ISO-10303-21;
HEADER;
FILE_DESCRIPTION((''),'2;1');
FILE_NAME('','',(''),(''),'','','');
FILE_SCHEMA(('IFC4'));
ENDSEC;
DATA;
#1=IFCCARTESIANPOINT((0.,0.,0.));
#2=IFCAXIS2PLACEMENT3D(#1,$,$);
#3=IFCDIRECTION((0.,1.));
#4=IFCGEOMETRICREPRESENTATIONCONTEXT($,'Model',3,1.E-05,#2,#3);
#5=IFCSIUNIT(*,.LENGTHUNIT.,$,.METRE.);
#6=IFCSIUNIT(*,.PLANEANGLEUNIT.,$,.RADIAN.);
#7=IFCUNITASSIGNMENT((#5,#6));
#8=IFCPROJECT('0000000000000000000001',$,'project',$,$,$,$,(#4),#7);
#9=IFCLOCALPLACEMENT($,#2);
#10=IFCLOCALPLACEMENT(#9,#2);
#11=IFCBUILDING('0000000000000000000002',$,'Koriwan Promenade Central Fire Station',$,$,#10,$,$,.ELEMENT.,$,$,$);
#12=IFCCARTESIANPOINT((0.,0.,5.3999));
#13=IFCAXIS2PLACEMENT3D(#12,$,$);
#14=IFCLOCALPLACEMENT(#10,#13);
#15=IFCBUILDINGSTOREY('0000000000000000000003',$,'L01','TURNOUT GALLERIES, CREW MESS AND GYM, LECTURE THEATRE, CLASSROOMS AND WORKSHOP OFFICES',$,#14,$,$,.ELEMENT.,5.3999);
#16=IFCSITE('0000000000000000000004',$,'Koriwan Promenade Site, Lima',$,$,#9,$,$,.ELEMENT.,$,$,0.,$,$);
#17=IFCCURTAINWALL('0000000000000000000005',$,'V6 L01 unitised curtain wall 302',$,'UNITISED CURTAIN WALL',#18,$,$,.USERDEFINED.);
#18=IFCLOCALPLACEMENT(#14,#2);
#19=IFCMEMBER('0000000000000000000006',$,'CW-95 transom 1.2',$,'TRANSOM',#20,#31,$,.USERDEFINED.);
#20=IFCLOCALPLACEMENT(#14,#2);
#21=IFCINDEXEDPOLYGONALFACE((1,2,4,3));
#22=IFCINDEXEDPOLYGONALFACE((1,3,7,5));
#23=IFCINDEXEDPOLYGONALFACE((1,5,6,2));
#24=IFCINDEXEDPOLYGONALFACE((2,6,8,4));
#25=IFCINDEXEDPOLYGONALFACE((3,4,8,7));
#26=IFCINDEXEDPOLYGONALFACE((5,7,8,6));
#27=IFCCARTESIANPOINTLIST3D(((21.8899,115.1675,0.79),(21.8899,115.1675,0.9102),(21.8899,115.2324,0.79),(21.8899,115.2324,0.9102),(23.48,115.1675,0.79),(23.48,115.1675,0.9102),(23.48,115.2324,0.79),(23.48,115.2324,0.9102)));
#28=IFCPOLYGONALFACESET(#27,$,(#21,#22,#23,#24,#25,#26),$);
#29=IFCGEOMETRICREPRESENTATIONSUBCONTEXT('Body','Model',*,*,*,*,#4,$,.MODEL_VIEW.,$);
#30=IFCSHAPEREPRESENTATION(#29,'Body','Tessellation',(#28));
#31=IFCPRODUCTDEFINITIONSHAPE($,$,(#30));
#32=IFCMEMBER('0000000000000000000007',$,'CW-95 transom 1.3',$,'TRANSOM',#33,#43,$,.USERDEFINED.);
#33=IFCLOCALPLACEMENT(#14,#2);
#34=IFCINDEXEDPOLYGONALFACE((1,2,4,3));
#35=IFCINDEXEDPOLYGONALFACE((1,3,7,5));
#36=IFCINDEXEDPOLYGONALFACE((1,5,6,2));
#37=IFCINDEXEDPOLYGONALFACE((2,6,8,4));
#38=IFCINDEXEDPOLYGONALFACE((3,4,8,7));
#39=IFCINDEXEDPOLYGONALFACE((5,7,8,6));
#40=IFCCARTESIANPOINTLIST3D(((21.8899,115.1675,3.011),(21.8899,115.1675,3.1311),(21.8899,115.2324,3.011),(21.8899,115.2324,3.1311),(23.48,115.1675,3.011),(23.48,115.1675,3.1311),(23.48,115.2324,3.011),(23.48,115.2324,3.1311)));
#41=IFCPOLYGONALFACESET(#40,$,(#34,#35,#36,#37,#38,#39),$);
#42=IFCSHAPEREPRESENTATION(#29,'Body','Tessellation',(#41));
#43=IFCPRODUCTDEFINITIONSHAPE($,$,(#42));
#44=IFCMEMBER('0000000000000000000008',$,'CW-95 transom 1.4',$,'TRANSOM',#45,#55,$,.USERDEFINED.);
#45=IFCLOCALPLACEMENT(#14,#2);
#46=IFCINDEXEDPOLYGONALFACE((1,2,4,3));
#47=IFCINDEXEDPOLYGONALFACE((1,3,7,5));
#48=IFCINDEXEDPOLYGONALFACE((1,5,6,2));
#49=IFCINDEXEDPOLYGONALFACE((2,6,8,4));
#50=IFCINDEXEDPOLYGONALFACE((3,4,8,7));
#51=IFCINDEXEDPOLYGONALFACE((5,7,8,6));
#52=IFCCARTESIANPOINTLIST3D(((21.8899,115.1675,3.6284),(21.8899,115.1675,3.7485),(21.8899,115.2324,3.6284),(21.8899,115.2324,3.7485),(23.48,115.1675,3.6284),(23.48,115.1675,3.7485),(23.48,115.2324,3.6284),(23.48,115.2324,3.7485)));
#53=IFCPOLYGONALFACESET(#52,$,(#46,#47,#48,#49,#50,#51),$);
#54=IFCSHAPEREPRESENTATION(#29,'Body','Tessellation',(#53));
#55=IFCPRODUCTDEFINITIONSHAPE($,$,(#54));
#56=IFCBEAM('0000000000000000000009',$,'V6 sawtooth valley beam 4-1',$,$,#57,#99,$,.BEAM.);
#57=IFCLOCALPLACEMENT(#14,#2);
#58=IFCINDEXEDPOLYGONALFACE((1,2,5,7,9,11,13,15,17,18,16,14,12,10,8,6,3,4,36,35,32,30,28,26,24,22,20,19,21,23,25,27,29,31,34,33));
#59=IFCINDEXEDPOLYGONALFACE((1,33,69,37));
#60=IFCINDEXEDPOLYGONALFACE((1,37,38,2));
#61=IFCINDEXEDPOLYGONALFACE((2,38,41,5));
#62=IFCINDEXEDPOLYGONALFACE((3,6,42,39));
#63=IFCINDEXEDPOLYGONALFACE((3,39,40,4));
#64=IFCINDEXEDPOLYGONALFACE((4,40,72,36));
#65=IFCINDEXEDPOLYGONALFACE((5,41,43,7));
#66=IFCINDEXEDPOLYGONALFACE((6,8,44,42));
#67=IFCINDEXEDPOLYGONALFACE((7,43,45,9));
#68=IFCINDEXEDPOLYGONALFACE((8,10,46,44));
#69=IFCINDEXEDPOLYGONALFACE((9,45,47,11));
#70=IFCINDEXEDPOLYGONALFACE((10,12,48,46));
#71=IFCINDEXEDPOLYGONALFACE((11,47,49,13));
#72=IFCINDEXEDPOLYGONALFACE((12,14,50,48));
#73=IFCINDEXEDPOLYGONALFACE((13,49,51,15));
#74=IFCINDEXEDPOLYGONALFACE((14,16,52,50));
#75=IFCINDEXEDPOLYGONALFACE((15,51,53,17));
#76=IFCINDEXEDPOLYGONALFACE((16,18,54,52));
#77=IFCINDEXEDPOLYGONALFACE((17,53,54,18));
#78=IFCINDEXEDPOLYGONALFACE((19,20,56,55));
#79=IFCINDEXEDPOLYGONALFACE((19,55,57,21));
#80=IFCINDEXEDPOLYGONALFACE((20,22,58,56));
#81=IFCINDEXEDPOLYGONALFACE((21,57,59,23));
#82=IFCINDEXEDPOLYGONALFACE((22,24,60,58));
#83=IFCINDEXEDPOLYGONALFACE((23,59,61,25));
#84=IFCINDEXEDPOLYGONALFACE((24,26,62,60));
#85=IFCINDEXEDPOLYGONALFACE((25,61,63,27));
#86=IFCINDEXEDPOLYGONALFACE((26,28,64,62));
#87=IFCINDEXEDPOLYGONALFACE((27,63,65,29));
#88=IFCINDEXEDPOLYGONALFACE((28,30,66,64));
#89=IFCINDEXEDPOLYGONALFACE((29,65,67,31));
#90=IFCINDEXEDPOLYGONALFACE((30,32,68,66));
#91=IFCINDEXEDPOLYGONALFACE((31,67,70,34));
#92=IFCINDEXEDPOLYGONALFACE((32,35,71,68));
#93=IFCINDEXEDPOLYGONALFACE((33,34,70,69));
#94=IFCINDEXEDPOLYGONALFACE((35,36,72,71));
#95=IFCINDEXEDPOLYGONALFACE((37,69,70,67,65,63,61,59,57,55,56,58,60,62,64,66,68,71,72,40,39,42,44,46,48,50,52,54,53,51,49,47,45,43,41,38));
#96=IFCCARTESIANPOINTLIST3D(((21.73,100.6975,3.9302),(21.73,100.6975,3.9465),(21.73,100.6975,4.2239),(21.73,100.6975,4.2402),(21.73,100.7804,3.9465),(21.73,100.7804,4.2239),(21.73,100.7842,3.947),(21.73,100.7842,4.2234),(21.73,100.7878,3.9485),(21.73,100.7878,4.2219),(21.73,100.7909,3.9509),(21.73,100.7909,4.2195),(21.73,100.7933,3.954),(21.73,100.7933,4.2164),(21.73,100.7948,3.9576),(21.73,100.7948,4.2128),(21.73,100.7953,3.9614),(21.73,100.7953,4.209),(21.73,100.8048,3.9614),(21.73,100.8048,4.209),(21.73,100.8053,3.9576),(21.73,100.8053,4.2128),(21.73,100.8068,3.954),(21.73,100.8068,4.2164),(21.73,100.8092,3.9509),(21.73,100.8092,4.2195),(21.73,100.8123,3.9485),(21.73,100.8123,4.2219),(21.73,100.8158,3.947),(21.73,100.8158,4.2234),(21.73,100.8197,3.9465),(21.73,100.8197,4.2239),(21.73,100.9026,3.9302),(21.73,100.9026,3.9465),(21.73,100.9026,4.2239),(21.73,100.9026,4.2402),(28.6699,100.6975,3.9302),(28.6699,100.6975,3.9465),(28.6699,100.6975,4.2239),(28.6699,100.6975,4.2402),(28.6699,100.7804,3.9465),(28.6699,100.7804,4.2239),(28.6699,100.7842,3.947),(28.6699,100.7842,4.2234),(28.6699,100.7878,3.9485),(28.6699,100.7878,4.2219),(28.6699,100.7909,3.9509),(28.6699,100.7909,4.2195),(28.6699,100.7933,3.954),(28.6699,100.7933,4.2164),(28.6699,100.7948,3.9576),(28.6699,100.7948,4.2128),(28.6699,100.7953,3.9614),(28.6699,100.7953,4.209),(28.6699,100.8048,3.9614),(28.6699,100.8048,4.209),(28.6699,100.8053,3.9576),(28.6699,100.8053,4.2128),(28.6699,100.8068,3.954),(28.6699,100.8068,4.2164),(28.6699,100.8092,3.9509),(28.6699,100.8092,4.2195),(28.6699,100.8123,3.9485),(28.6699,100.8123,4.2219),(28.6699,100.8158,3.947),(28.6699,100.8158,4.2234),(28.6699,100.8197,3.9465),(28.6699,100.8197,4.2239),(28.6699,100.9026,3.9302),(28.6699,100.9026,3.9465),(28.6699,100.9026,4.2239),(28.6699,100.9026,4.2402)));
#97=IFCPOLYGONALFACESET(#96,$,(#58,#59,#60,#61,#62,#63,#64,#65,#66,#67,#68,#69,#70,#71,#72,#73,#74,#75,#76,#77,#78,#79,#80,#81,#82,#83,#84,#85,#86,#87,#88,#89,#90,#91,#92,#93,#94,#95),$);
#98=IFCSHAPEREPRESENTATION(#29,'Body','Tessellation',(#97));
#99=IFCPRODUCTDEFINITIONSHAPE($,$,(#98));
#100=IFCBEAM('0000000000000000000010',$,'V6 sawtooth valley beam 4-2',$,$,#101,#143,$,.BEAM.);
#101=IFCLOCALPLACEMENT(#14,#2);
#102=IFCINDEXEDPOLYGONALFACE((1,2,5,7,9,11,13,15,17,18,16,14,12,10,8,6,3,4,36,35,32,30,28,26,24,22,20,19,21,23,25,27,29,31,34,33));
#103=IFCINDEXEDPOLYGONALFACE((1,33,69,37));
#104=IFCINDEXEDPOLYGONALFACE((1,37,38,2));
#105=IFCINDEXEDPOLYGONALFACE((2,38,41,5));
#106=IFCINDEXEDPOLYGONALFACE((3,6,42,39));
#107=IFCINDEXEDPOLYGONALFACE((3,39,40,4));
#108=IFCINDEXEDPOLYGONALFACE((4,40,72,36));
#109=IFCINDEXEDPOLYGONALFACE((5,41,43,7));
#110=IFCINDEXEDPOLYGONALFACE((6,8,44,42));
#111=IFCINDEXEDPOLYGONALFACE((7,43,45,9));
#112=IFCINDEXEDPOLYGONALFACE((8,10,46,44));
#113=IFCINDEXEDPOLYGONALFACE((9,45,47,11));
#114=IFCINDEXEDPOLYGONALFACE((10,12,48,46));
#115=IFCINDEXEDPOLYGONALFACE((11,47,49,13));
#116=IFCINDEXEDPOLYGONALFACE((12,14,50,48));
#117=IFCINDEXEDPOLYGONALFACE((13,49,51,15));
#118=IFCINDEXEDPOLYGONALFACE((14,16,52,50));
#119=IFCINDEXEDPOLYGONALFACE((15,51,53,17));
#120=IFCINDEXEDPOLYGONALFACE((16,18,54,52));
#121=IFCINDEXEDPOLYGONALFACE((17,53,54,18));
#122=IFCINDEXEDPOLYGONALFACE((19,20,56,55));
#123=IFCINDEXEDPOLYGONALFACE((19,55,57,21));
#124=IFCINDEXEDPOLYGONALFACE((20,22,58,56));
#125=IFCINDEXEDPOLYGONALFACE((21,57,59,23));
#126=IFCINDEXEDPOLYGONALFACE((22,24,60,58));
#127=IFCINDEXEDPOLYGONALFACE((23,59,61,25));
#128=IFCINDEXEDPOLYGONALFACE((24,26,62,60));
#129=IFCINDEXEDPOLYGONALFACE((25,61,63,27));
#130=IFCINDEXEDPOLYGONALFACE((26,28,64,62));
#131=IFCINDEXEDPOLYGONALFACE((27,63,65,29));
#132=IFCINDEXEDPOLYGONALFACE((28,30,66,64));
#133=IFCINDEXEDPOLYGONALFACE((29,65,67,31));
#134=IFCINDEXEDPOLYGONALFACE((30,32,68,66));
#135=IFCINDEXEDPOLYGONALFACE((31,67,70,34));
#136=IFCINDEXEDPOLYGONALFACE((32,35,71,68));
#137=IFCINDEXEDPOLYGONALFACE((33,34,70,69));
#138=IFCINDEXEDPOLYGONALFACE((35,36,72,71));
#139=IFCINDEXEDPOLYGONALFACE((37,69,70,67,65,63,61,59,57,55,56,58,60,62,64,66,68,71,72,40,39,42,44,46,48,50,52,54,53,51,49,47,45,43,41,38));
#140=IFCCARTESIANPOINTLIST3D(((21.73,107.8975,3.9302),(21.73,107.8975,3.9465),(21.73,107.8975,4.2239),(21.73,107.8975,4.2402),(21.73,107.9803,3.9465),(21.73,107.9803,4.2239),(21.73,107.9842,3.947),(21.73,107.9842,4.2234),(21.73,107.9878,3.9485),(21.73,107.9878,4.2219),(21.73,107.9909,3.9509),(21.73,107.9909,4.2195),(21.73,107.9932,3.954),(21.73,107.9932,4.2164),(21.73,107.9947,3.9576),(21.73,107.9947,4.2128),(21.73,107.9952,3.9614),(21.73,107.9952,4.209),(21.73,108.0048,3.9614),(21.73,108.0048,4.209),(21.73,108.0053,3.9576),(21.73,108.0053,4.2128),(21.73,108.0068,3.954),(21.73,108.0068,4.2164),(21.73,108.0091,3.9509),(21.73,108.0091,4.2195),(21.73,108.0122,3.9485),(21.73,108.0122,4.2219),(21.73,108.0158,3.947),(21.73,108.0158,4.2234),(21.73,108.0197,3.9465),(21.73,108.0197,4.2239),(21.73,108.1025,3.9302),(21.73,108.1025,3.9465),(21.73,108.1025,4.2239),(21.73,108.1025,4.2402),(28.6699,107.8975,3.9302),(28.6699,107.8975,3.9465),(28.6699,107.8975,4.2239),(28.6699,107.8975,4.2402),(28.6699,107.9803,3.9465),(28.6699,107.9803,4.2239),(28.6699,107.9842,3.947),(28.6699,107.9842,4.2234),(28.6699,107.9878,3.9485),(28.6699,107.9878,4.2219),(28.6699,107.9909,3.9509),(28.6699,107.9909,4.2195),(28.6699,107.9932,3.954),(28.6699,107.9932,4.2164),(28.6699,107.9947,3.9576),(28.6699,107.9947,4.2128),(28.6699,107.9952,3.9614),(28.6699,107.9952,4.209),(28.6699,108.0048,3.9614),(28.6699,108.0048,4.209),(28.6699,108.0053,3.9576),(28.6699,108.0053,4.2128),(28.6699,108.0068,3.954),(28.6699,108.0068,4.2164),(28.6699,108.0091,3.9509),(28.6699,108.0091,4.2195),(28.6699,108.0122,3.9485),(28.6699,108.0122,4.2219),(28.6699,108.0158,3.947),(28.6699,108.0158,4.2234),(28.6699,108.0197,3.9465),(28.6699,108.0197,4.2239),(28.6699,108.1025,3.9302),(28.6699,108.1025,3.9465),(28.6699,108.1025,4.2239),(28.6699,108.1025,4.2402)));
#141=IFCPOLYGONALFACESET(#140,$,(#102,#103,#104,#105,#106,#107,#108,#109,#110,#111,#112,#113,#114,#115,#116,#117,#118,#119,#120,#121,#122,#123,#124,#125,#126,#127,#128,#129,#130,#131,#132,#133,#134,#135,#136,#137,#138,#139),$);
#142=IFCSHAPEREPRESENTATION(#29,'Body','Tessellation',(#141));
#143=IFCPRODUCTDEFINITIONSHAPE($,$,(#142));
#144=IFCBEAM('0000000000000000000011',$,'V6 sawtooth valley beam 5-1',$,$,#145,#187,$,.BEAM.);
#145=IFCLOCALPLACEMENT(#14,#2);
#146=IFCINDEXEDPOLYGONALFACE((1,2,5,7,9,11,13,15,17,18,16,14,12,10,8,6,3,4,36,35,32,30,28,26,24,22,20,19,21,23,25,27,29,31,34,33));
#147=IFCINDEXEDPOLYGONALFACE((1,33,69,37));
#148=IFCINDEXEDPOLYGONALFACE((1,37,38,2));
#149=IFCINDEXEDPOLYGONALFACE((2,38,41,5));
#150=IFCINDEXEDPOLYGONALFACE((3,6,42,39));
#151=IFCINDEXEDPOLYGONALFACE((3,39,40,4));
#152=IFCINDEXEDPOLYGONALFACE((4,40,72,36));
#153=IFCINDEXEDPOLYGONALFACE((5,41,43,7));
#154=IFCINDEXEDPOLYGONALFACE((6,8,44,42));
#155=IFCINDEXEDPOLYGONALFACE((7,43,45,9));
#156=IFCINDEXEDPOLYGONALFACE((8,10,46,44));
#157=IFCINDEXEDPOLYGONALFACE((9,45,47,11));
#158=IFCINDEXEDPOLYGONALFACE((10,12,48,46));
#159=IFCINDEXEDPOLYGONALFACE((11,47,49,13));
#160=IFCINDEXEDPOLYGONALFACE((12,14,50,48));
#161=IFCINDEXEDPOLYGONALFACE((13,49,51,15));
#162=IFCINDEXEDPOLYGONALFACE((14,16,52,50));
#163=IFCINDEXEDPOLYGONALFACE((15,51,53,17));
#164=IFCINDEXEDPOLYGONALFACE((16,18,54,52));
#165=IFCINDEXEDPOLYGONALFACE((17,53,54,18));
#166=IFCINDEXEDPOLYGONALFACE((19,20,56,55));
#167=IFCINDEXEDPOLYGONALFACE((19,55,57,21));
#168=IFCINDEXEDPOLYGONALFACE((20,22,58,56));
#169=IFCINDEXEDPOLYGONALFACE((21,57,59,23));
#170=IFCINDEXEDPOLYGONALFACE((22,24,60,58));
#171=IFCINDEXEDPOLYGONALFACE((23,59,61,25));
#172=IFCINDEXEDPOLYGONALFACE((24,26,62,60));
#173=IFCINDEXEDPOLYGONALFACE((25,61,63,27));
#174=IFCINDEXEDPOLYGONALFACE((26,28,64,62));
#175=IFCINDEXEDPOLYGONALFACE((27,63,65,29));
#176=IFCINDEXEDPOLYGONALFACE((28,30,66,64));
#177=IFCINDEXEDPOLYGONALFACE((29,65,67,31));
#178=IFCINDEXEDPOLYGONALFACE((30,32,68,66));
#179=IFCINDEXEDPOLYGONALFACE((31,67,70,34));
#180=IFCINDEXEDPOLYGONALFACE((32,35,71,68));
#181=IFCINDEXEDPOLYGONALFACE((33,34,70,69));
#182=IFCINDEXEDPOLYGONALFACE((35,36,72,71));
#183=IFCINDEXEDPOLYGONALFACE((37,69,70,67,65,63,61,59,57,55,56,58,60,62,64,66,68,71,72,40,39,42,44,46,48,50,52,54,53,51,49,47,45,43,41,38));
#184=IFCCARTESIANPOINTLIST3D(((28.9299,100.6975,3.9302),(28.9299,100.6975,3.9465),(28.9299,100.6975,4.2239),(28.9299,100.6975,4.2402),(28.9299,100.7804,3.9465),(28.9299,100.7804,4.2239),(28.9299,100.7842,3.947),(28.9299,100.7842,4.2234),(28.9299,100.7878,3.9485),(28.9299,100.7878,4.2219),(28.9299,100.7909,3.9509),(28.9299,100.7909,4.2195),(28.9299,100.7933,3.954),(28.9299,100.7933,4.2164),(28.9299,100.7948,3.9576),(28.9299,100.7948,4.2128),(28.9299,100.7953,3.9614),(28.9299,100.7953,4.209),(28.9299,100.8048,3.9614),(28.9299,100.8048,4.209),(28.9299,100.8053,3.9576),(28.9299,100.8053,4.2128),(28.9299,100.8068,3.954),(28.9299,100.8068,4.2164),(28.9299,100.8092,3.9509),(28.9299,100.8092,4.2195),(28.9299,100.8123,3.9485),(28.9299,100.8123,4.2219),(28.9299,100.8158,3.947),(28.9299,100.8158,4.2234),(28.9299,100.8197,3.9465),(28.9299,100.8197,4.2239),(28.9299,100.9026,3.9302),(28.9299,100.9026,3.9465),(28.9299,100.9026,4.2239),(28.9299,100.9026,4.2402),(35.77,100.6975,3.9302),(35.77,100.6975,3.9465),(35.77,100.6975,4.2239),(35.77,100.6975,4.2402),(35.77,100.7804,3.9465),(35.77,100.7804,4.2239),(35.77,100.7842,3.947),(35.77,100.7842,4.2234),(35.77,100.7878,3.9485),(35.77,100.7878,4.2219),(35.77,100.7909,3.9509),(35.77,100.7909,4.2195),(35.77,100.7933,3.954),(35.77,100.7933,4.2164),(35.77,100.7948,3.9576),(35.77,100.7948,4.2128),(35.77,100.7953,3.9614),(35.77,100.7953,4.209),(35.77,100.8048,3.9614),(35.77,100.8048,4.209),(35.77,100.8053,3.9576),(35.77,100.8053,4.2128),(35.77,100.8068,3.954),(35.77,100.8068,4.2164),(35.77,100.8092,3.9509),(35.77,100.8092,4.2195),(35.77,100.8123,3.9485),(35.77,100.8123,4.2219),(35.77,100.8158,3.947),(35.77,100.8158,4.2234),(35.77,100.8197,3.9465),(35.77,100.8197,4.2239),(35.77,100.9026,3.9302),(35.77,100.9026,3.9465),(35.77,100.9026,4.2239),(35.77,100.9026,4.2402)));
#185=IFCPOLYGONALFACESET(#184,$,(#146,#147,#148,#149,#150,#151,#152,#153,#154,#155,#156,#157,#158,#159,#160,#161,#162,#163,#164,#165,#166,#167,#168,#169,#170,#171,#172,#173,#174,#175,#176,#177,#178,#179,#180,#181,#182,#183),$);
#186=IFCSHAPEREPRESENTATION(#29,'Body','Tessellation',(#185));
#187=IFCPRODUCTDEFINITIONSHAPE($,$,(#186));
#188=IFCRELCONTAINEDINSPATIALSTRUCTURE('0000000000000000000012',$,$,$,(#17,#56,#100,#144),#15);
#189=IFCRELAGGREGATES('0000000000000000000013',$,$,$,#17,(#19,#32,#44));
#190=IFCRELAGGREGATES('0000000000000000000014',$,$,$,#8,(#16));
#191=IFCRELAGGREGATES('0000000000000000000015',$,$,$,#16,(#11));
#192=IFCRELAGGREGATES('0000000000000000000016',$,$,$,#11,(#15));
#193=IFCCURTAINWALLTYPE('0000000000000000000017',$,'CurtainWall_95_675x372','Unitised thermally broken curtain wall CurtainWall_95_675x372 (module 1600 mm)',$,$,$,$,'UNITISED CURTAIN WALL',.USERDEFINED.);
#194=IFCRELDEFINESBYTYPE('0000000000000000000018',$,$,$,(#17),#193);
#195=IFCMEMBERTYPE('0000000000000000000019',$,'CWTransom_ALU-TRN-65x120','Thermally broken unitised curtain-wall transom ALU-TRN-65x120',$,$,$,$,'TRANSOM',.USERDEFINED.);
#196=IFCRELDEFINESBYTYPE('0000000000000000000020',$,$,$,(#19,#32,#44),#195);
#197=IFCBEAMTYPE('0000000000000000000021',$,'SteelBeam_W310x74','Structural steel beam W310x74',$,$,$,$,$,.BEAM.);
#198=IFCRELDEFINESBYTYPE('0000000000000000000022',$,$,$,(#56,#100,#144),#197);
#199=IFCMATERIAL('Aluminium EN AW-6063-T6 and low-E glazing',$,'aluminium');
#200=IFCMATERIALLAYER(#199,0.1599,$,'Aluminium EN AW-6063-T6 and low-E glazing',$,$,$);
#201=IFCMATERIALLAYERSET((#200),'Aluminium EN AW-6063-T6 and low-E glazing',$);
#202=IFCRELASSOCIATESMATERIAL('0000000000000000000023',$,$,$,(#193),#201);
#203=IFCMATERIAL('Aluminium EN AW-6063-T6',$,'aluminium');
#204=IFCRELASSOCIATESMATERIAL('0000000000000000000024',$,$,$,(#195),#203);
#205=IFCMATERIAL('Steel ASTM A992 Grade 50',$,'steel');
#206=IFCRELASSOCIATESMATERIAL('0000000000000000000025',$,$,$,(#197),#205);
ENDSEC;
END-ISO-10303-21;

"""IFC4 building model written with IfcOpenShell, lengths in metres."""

from ifc_helpers import new_model, si_unit, direction, frame, origin, origin_2d, place, context, subcontext, project, spatial, rectangle, i_section, extrude, material, layer, layer_set, material_profile, profile_set, type_object, element, aggregate, save


model = new_model("IFC4")

# Units and contexts
model_context = context("Model", 3, precision=1e-05, world=origin(), true_north=direction((0.0, 1.0)))
body_context = subcontext(model_context, "Body", "Model", "MODEL_VIEW")
ifc_project = project(units=[si_unit("LENGTHUNIT", "METRE"), si_unit("PLANEANGLEUNIT", "RADIAN")], contexts=[model_context])

# Site, building, storey
site_placement = place(None, origin())
site = spatial("IfcSite", under=ifc_project, at=site_placement, Name="Koriwan Promenade Site, Lima", CompositionType="ELEMENT", RefElevation=0.0)
building_placement = place(site_placement, origin())
building = spatial("IfcBuilding", under=site, at=building_placement, Name="Koriwan Promenade Central Fire Station", CompositionType="ELEMENT")
storey_placement = place(building_placement, frame((0.0, 0.0, 5.3999)))
storey = spatial("IfcBuildingStorey", under=building, at=storey_placement, Name="L01", Description="TURNOUT GALLERIES, CREW MESS AND GYM, LECTURE THEATRE, CLASSROOMS AND WORKSHOP OFFICES", CompositionType="ELEMENT", Elevation=5.3999)

# Shared definitions
ifc_material_1 = material(Name="Aluminium EN AW-6063-T6 and low-E glazing", Category="aluminium")
ifc_layer_1 = layer(ifc_material_1, 0.1599, Name="Aluminium EN AW-6063-T6 and low-E glazing")
ifc_layer_set_1 = layer_set([ifc_layer_1], Name="Aluminium EN AW-6063-T6 and low-E glazing")
curtain_wall_type = type_object("IfcCurtainWallType", Name="CurtainWall_95_675x372", Description="Unitised thermally broken curtain wall CurtainWall_95_675x372 (module 1600 mm)", ElementType="UNITISED CURTAIN WALL", PredefinedType="USERDEFINED", material=ifc_layer_set_1)
ifc_material_2 = material(Name="Aluminium EN AW-6063-T6", Category="aluminium")

# Curtain wall
curtain_wall_1_placement = place(storey_placement, origin())
curtain_wall_1 = element("IfcCurtainWall", 1, at=curtain_wall_1_placement, inside=storey, type_object=curtain_wall_type, Name="V6 L01 unitised curtain wall 302", ObjectType="UNITISED CURTAIN WALL", PredefinedType="USERDEFINED")

# Members
ifc_material_profile_1 = material_profile(ifc_material_2, rectangle(XDim=0.0649, YDim=0.1201, at=origin_2d()), Name="ALU-TRN-65x120")
ifc_profile_set_1 = profile_set([ifc_material_profile_1], Name="Aluminium EN AW-6063-T6")
member_type_1 = type_object("IfcMemberType", Name="CWTransom_ALU-TRN-65x120", Description="Thermally broken unitised curtain-wall transom ALU-TRN-65x120", ElementType="TRANSOM", PredefinedType="USERDEFINED", material=ifc_profile_set_1)
member_1_placement = place(storey_placement, frame((21.8899, 115.2, 0.8501), z_axis=(1.0, 0.0, 0.0), x_axis=(0.0, 1.0, 0.0)))
member_1 = element("IfcMember", 2, at=member_1_placement, type_object=member_type_1, Name="CW-95 transom 1.2", ObjectType="TRANSOM", PredefinedType="USERDEFINED", context=body_context, shape_type="SweptSolid", body=[
    extrude(rectangle(XDim=0.0649, YDim=0.1201, at=origin_2d()), origin(), (0.0, 0.0, 1.0), 1.5901),
])
member_2_placement = place(storey_placement, frame((21.8899, 115.2, 3.071), z_axis=(1.0, 0.0, 0.0), x_axis=(0.0, 1.0, 0.0)))
member_2 = element("IfcMember", 3, at=member_2_placement, type_object=member_type_1, Name="CW-95 transom 1.3", ObjectType="TRANSOM", PredefinedType="USERDEFINED", context=body_context, shape_type="SweptSolid", body=[
    extrude(rectangle(XDim=0.0649, YDim=0.1201, at=origin_2d()), origin(), (0.0, 0.0, 1.0), 1.5901),
])
member_3_placement = place(storey_placement, frame((21.8899, 115.2, 3.6885), z_axis=(1.0, 0.0, 0.0), x_axis=(0.0, 1.0, 0.0)))
member_3 = element("IfcMember", 4, at=member_3_placement, type_object=member_type_1, Name="CW-95 transom 1.4", ObjectType="TRANSOM", PredefinedType="USERDEFINED", context=body_context, shape_type="SweptSolid", body=[
    extrude(rectangle(XDim=0.0649, YDim=0.1201, at=origin_2d()), origin(), (0.0, 0.0, 1.0), 1.5901),
])

# Beams
ifc_material_3 = material(Name="Steel ASTM A992 Grade 50", Category="steel")
ifc_material_profile_2 = material_profile(ifc_material_3, i_section(OverallWidth=0.2051, OverallDepth=0.3101, WebThickness=0.0095, FlangeThickness=0.0164, FilletRadius=0.0149, at=origin_2d()), Name="W310x74")
ifc_profile_set_2 = profile_set([ifc_material_profile_2], Name="Steel ASTM A992 Grade 50")
beam_type_1 = type_object("IfcBeamType", Name="SteelBeam_W310x74", Description="Structural steel beam W310x74", PredefinedType="BEAM", material=ifc_profile_set_2)
for number, where, z_axis, x_axis, name in (
    (5, (21.73, 100.8, 4.0852), (1.0, 0.0, 0.0), (0.0, 1.0, 0.0), "V6 sawtooth valley beam 4-1"),
    (6, (21.73, 108.0, 4.0852), (1.0, 0.0, 0.0), (0.0, 1.0, 0.0), "V6 sawtooth valley beam 4-2"),
):
    element("IfcBeam", number, at=place(storey_placement, frame(where, z_axis=z_axis, x_axis=x_axis)), inside=storey, type_object=beam_type_1, Name=name, PredefinedType="BEAM", context=body_context, shape_type="SweptSolid", body=[
        extrude(i_section(OverallWidth=0.2051, OverallDepth=0.3101, WebThickness=0.0095, FlangeThickness=0.0164, FilletRadius=0.0149, at=origin_2d()), origin(), (0.0, 0.0, 1.0), 6.9399),
    ])
for number, where, z_axis, x_axis, name in (
    (7, (28.9299, 100.8, 4.0852), (1.0, 0.0, 0.0), (0.0, 1.0, 0.0), "V6 sawtooth valley beam 5-1"),
):
    element("IfcBeam", number, at=place(storey_placement, frame(where, z_axis=z_axis, x_axis=x_axis)), inside=storey, type_object=beam_type_1, Name=name, PredefinedType="BEAM", context=body_context, shape_type="SweptSolid", body=[
        extrude(i_section(OverallWidth=0.2051, OverallDepth=0.3101, WebThickness=0.0095, FlangeThickness=0.0164, FilletRadius=0.0149, at=origin_2d()), origin(), (0.0, 0.0, 1.0), 6.8401),
    ])

aggregate(curtain_wall_1, [member_1, member_2, member_3])

save(model, "model.ifc")
